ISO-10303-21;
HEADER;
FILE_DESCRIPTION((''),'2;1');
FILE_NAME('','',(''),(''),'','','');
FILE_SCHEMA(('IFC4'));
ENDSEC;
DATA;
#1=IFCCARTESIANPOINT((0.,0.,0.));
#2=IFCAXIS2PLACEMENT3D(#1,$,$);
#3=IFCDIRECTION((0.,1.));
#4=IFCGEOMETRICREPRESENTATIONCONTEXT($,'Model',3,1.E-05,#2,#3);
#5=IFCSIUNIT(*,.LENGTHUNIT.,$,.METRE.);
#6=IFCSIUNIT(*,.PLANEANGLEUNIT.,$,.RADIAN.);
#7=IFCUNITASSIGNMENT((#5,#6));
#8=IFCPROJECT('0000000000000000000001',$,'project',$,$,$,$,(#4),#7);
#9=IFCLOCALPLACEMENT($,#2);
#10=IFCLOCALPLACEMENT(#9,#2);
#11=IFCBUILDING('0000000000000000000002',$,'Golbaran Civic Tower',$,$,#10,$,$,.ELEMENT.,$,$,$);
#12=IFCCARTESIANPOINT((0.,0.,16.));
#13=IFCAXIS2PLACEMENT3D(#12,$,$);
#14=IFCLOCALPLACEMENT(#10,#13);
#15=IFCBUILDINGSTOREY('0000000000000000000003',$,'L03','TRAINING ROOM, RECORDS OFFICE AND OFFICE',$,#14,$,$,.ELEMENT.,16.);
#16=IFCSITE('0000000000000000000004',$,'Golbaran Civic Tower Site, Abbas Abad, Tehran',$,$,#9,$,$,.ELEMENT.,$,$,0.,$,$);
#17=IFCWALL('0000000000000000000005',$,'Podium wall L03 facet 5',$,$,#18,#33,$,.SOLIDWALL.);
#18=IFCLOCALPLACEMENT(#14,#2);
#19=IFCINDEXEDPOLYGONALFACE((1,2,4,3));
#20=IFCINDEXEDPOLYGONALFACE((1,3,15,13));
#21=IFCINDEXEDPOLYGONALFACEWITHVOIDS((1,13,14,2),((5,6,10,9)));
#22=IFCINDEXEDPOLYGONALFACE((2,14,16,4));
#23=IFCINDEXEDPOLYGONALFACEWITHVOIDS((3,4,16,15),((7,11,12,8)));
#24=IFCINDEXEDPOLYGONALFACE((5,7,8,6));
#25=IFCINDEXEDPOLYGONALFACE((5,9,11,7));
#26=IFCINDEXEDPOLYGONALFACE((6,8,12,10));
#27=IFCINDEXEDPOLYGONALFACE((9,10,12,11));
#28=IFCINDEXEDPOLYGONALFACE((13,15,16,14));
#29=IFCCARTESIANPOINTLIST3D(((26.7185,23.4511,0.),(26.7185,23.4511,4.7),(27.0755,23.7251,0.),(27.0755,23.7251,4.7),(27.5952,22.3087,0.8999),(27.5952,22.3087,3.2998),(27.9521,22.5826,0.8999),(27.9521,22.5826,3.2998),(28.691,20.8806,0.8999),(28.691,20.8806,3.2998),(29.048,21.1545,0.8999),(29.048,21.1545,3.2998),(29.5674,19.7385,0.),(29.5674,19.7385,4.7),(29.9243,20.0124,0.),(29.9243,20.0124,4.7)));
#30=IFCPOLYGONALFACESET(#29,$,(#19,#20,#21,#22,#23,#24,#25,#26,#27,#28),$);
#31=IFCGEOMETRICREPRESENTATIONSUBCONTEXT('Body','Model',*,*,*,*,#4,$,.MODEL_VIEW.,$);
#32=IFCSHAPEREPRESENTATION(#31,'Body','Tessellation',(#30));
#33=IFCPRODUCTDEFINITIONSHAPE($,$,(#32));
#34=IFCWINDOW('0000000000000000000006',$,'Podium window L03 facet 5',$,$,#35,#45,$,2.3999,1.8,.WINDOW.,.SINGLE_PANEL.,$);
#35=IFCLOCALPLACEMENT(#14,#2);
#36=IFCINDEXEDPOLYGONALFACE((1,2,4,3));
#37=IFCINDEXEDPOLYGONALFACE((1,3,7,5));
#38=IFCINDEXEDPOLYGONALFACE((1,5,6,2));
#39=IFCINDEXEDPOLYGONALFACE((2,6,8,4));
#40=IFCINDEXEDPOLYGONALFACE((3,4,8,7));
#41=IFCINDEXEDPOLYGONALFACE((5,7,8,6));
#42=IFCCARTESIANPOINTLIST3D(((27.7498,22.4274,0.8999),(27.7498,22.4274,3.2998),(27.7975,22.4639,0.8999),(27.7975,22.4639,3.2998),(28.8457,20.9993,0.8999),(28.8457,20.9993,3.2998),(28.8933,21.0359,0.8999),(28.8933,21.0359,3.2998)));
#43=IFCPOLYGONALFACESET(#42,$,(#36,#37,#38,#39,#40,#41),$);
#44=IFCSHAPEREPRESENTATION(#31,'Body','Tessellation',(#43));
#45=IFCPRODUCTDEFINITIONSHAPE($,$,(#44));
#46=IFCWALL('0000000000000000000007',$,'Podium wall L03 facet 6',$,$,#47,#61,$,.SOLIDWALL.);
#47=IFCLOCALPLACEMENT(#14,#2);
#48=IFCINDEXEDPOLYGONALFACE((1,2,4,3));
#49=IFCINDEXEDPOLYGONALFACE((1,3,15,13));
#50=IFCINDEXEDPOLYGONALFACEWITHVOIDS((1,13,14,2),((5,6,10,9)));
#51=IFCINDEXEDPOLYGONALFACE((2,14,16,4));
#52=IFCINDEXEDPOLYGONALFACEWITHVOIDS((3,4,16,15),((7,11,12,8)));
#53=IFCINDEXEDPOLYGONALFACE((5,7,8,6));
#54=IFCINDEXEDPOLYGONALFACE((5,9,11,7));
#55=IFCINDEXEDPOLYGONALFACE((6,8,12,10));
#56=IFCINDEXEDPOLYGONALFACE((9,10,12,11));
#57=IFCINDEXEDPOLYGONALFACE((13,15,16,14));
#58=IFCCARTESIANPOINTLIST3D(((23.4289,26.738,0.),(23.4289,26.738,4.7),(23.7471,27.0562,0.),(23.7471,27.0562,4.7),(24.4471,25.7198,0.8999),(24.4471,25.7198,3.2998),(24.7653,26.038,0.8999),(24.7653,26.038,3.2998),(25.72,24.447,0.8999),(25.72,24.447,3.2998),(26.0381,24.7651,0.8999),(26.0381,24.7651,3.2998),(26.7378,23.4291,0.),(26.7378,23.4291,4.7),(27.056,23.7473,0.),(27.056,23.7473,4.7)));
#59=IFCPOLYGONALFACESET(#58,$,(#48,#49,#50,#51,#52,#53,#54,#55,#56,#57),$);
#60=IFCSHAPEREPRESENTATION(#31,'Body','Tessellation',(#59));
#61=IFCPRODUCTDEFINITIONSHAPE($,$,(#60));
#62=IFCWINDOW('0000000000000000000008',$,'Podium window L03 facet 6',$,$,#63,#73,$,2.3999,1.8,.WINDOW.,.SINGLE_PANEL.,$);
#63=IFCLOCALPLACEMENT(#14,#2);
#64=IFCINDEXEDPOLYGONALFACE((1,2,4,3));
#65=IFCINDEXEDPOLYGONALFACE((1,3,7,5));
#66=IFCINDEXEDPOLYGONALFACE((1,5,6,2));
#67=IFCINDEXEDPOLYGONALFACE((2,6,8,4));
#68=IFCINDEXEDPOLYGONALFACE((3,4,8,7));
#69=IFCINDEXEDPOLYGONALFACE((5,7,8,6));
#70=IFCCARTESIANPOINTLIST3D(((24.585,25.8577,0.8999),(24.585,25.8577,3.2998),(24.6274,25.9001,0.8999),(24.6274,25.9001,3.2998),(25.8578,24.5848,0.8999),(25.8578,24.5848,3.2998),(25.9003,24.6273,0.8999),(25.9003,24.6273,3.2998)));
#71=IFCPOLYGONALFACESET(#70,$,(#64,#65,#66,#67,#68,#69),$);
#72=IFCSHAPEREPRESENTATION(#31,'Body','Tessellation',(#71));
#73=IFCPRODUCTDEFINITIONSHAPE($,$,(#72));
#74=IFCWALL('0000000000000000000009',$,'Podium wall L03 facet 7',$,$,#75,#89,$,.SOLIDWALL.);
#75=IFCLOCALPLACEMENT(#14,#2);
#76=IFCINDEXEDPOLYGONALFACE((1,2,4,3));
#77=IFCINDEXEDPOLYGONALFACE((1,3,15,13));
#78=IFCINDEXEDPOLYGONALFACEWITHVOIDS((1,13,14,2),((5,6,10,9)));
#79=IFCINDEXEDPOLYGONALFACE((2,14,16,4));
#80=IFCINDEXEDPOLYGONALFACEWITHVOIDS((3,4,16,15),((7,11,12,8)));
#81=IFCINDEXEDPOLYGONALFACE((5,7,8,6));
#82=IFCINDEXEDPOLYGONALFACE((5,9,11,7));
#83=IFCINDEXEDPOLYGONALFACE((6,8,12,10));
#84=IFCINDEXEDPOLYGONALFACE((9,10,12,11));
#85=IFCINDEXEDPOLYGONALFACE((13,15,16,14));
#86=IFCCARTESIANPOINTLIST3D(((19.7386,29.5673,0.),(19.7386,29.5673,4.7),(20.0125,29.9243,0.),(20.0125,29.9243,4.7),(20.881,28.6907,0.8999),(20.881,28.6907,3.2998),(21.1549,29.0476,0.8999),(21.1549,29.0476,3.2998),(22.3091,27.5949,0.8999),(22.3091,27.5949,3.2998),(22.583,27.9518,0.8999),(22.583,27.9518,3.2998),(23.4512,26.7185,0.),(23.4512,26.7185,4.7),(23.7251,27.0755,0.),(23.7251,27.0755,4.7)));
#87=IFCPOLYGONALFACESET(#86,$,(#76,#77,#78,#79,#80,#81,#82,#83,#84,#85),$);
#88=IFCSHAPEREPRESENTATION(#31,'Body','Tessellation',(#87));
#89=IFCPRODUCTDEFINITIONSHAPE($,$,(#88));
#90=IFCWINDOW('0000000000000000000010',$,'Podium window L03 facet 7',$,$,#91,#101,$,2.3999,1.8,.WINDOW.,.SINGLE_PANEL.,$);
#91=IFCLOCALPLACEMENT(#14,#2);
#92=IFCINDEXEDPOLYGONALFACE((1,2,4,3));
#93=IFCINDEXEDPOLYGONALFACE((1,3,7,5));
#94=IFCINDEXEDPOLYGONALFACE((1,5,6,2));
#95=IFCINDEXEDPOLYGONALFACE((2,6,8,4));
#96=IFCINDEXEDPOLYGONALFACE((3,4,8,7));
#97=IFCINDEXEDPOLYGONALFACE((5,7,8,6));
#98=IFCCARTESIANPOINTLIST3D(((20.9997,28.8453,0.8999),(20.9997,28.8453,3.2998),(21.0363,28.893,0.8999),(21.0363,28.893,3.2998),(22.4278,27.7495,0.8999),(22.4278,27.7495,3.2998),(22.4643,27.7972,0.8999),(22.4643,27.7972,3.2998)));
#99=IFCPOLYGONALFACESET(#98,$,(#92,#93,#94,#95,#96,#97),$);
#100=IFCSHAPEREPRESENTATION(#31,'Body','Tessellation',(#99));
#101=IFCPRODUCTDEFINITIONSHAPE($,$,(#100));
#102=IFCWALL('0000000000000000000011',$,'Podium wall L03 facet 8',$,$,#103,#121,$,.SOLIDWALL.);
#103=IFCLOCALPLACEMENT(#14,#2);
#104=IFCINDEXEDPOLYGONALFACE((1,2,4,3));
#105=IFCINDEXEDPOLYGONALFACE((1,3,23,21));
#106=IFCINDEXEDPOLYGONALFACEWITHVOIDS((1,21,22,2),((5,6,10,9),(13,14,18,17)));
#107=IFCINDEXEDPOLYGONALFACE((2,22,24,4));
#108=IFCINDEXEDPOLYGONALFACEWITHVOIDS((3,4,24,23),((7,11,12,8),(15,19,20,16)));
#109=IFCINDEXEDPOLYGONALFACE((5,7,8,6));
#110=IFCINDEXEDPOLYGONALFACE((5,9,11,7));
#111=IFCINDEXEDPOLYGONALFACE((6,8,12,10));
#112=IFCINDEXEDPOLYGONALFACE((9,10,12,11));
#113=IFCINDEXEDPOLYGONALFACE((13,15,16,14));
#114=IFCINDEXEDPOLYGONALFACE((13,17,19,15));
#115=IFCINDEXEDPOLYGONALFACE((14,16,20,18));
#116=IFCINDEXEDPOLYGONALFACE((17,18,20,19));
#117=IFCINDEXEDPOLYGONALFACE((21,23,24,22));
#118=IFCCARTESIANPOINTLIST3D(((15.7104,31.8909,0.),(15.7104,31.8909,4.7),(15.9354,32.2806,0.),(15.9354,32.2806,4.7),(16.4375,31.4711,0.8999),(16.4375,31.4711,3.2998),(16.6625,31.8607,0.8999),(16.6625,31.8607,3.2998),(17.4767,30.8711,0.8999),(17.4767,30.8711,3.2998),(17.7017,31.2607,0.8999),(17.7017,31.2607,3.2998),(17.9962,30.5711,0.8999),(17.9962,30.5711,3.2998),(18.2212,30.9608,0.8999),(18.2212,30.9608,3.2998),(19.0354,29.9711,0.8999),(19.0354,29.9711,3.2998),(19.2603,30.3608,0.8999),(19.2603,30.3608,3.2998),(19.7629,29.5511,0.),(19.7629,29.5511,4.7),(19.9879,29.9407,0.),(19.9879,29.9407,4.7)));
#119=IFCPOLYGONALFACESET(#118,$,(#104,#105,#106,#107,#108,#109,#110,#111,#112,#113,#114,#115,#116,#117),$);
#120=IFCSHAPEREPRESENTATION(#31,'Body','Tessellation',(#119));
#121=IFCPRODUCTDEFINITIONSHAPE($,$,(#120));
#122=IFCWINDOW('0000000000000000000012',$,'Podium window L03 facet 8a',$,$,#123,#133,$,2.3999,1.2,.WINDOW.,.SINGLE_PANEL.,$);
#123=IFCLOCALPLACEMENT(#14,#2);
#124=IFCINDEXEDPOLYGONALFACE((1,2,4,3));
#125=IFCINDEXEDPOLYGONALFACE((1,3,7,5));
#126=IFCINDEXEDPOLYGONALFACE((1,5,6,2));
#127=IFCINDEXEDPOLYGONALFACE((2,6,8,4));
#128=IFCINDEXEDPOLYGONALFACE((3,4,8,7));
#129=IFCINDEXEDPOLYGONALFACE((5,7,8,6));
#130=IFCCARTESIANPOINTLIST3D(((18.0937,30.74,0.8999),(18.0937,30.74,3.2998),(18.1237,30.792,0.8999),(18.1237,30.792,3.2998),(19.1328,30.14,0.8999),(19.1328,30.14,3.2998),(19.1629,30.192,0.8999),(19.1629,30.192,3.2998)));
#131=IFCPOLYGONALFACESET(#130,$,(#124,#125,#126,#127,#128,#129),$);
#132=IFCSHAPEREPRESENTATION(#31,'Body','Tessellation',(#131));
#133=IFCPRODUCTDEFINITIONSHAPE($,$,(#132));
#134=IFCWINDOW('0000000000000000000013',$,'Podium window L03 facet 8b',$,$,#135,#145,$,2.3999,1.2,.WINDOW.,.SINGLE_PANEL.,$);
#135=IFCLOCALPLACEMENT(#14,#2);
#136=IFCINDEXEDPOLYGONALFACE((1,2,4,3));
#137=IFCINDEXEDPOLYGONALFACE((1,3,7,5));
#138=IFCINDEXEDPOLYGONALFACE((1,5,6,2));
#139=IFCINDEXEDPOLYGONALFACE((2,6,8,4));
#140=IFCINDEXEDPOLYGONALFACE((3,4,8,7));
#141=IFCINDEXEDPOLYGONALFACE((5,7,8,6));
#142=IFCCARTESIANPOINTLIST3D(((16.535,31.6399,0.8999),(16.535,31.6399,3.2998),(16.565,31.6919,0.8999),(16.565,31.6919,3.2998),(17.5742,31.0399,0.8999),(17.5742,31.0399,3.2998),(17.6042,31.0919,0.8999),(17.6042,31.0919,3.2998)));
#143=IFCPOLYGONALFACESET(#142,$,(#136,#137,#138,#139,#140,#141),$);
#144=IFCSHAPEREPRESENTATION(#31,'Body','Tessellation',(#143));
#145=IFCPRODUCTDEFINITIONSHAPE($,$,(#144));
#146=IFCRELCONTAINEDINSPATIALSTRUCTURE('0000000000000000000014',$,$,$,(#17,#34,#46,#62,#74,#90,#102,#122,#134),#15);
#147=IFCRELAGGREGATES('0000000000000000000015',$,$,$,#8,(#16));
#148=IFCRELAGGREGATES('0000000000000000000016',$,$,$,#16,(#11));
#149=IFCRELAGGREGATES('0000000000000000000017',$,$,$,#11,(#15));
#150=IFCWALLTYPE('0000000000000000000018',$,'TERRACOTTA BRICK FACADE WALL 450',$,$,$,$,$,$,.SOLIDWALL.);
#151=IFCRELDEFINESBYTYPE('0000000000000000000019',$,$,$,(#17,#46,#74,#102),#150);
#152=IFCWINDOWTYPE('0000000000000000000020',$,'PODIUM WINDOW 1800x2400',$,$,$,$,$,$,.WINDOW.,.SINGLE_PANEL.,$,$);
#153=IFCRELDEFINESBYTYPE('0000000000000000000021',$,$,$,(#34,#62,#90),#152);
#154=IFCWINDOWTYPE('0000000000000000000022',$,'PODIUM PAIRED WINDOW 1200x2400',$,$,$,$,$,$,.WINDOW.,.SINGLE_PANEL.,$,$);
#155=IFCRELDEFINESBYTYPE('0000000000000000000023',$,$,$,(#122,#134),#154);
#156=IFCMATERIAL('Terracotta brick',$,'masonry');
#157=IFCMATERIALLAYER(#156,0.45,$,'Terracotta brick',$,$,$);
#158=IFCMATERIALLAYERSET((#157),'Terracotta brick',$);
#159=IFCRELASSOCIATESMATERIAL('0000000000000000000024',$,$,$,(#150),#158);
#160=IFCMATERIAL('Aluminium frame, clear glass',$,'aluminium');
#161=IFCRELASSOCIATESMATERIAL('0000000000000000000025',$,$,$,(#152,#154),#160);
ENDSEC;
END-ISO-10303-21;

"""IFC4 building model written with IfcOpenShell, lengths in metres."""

from ifc_helpers import new_model, si_unit, direction, frame, frame_2d, origin, place, context, subcontext, project, spatial, rectangle, extrude, material, layer, layer_set, type_object, element, fill, save


model = new_model("IFC4")

# Units and contexts
model_context = context("Model", 3, precision=1e-05, world=origin(), true_north=direction((0.0, 1.0)))
body_context = subcontext(model_context, "Body", "Model", "MODEL_VIEW")
ifc_project = project(units=[si_unit("LENGTHUNIT", "METRE"), si_unit("PLANEANGLEUNIT", "RADIAN")], contexts=[model_context])

# Site, building, storey
site_placement = place(None, origin())
site = spatial("IfcSite", under=ifc_project, at=site_placement, Name="Golbaran Civic Tower Site, Abbas Abad, Tehran", CompositionType="ELEMENT", RefElevation=0.0)
building_placement = place(site_placement, origin())
building = spatial("IfcBuilding", under=site, at=building_placement, Name="Golbaran Civic Tower", CompositionType="ELEMENT")
storey_placement = place(building_placement, frame((0.0, 0.0, 16.0)))
storey = spatial("IfcBuildingStorey", under=building, at=storey_placement, Name="L03", Description="TRAINING ROOM, RECORDS OFFICE AND OFFICE", CompositionType="ELEMENT", Elevation=16.0)

# Walls, openings, windows
ifc_material_1 = material(Name="Terracotta brick", Category="masonry")
ifc_layer_1 = layer(ifc_material_1, 0.45, Name="Terracotta brick")
ifc_layer_set_1 = layer_set([ifc_layer_1], Name="Terracotta brick")
wall_type_1 = type_object("IfcWallType", Name="TERRACOTTA BRICK FACADE WALL 450", PredefinedType="SOLIDWALL", material=ifc_layer_set_1)
ifc_material_2 = material(Name="Aluminium frame, clear glass", Category="aluminium")
window_type_1 = type_object("IfcWindowType", Name="PODIUM WINDOW 1800x2400", PartitioningType="SINGLE_PANEL", PredefinedType="WINDOW", material=ifc_material_2)
wall_1_placement = place(storey_placement, frame((29.7458, 19.8755, 0.0), z_axis=(0.0, 0.0, 1.0), x_axis=(-0.60877, 0.793347, 0.0)))
wall_1 = element("IfcWall", 1, at=wall_1_placement, inside=storey, type_object=wall_type_1, Name="Podium wall L03 facet 5", PredefinedType="SOLIDWALL", context=body_context, shape_type="SweptSolid", body=[
    extrude(rectangle(XDim=4.6797, YDim=0.45, at=frame_2d((2.3398, 0.0))), origin(), (0.0, 0.0, 1.0), 4.7),
])
opening_1_placement = place(wall_1_placement, frame((1.4397, 0.0, 0.8999)))
opening_1 = element("IfcOpeningElement", 2, at=opening_1_placement, cuts=wall_1, PredefinedType="OPENING", context=body_context, shape_type="SweptSolid", body=[
    extrude(rectangle(XDim=1.8, YDim=2.3999, at=frame_2d((0.8999, 1.2))), frame((0.0, 0.2349, 0.0), z_axis=(0.0, -1.0, 0.0), x_axis=(1.0, 0.0, 0.0)), (0.0, 0.0, 1.0), 0.47),
])
window_1_placement = place(opening_1_placement, origin())
window_1 = element("IfcWindow", 3, at=window_1_placement, inside=storey, type_object=window_type_1, Name="Podium window L03 facet 5", OverallHeight=2.3999, OverallWidth=1.8, PartitioningType="SINGLE_PANEL", PredefinedType="WINDOW", context=body_context, shape_type="SweptSolid", body=[
    extrude(rectangle(XDim=1.8, YDim=2.3999, at=frame_2d((0.8999, 1.2))), frame((0.0, 0.03, 0.0), z_axis=(0.0, -1.0, 0.0), x_axis=(1.0, 0.0, 0.0)), (0.0, 0.0, 1.0), 0.0601),
])
fill(opening_1, window_1)
wall_2_placement = place(storey_placement, frame((26.897, 23.5881, 0.0), z_axis=(0.0, 0.0, 1.0), x_axis=(-0.707107, 0.707107, 0.0)))
wall_2 = element("IfcWall", 4, at=wall_2_placement, inside=storey, type_object=wall_type_1, Name="Podium wall L03 facet 6", PredefinedType="SOLIDWALL", context=body_context, shape_type="SweptSolid", body=[
    extrude(rectangle(XDim=4.6794, YDim=0.45, at=frame_2d((2.3398, 0.0))), origin(), (0.0, 0.0, 1.0), 4.7),
])
opening_2_placement = place(wall_2_placement, frame((1.4397, 0.0, 0.8999)))
opening_2 = element("IfcOpeningElement", 5, at=opening_2_placement, cuts=wall_2, PredefinedType="OPENING", context=body_context, shape_type="SweptSolid", body=[
    extrude(rectangle(XDim=1.8, YDim=2.3999, at=frame_2d((0.8999, 1.2))), frame((0.0, 0.2349, 0.0), z_axis=(0.0, -1.0, 0.0), x_axis=(1.0, 0.0, 0.0)), (0.0, 0.0, 1.0), 0.47),
])
window_2_placement = place(opening_2_placement, origin())
window_2 = element("IfcWindow", 6, at=window_2_placement, inside=storey, type_object=window_type_1, Name="Podium window L03 facet 6", OverallHeight=2.3999, OverallWidth=1.8, PartitioningType="SINGLE_PANEL", PredefinedType="WINDOW", context=body_context, shape_type="SweptSolid", body=[
    extrude(rectangle(XDim=1.8, YDim=2.3999, at=frame_2d((0.8999, 1.2))), frame((0.0, 0.03, 0.0), z_axis=(0.0, -1.0, 0.0), x_axis=(1.0, 0.0, 0.0)), (0.0, 0.0, 1.0), 0.0601),
])
fill(opening_2, window_2)
wall_3_placement = place(storey_placement, frame((23.5881, 26.897, 0.0), z_axis=(0.0, 0.0, 1.0), x_axis=(-0.793347, 0.60877, 0.0)))
wall_3 = element("IfcWall", 7, at=wall_3_placement, inside=storey, type_object=wall_type_1, Name="Podium wall L03 facet 7", PredefinedType="SOLIDWALL", context=body_context, shape_type="SweptSolid", body=[
    extrude(rectangle(XDim=4.6797, YDim=0.45, at=frame_2d((2.3398, 0.0))), origin(), (0.0, 0.0, 1.0), 4.7),
])
opening_3_placement = place(wall_3_placement, frame((1.4397, 0.0, 0.8999)))
opening_3 = element("IfcOpeningElement", 8, at=opening_3_placement, cuts=wall_3, PredefinedType="OPENING", context=body_context, shape_type="SweptSolid", body=[
    extrude(rectangle(XDim=1.8, YDim=2.3999, at=frame_2d((0.8999, 1.2))), frame((0.0, 0.2349, 0.0), z_axis=(0.0, -1.0, 0.0), x_axis=(1.0, 0.0, 0.0)), (0.0, 0.0, 1.0), 0.47),
])
window_3_placement = place(opening_3_placement, origin())
window_3 = element("IfcWindow", 9, at=window_3_placement, inside=storey, type_object=window_type_1, Name="Podium window L03 facet 7", OverallHeight=2.3999, OverallWidth=1.8, PartitioningType="SINGLE_PANEL", PredefinedType="WINDOW", context=body_context, shape_type="SweptSolid", body=[
    extrude(rectangle(XDim=1.8, YDim=2.3999, at=frame_2d((0.8999, 1.2))), frame((0.0, 0.03, 0.0), z_axis=(0.0, -1.0, 0.0), x_axis=(1.0, 0.0, 0.0)), (0.0, 0.0, 1.0), 0.0601),
])
fill(opening_3, window_3)

# Wall, openings, windows
wall_4_placement = place(storey_placement, frame((19.8755, 29.7458, 0.0), z_axis=(0.0, 0.0, 1.0), x_axis=(-0.866013, 0.500022, 0.0)))
wall_4 = element("IfcWall", 10, at=wall_4_placement, inside=storey, type_object=wall_type_1, Name="Podium wall L03 facet 8", PredefinedType="SOLIDWALL", context=body_context, shape_type="SweptSolid", body=[
    extrude(rectangle(XDim=4.6794, YDim=0.45, at=frame_2d((2.3398, 0.0))), origin(), (0.0, 0.0, 1.0), 4.7),
])
opening_4_placement = place(wall_4_placement, frame((0.8401, 0.0, 0.8999)))
opening_4 = element("IfcOpeningElement", 11, at=opening_4_placement, cuts=wall_4, PredefinedType="OPENING", context=body_context, shape_type="SweptSolid", body=[
    extrude(rectangle(XDim=1.2, YDim=2.3999, at=frame_2d((0.6001, 1.2))), frame((0.0, 0.2349, 0.0), z_axis=(0.0, -1.0, 0.0), x_axis=(1.0, 0.0, 0.0)), (0.0, 0.0, 1.0), 0.47),
])
opening_5_placement = place(wall_4_placement, frame((2.6399, 0.0, 0.8999)))
opening_5 = element("IfcOpeningElement", 12, at=opening_5_placement, cuts=wall_4, PredefinedType="OPENING", context=body_context, shape_type="SweptSolid", body=[
    extrude(rectangle(XDim=1.2, YDim=2.3999, at=frame_2d((0.6001, 1.2))), frame((0.0, 0.2349, 0.0), z_axis=(0.0, -1.0, 0.0), x_axis=(1.0, 0.0, 0.0)), (0.0, 0.0, 1.0), 0.47),
])
window_type_2 = type_object("IfcWindowType", Name="PODIUM PAIRED WINDOW 1200x2400", PartitioningType="SINGLE_PANEL", PredefinedType="WINDOW", material=ifc_material_2)
window_4_placement = place(opening_4_placement, origin())
window_4 = element("IfcWindow", 13, at=window_4_placement, inside=storey, type_object=window_type_2, Name="Podium window L03 facet 8a", OverallHeight=2.3999, OverallWidth=1.2, PartitioningType="SINGLE_PANEL", PredefinedType="WINDOW", context=body_context, shape_type="SweptSolid", body=[
    extrude(rectangle(XDim=1.2, YDim=2.3999, at=frame_2d((0.6001, 1.2))), frame((0.0, 0.03, 0.0), z_axis=(0.0, -1.0, 0.0), x_axis=(1.0, 0.0, 0.0)), (0.0, 0.0, 1.0), 0.0601),
])
fill(opening_4, window_4)
window_5_placement = place(opening_5_placement, origin())
window_5 = element("IfcWindow", 14, at=window_5_placement, inside=storey, type_object=window_type_2, Name="Podium window L03 facet 8b", OverallHeight=2.3999, OverallWidth=1.2, PartitioningType="SINGLE_PANEL", PredefinedType="WINDOW", context=body_context, shape_type="SweptSolid", body=[
    extrude(rectangle(XDim=1.2, YDim=2.3999, at=frame_2d((0.6001, 1.2))), frame((0.0, 0.03, 0.0), z_axis=(0.0, -1.0, 0.0), x_axis=(1.0, 0.0, 0.0)), (0.0, 0.0, 1.0), 0.0601),
])
fill(opening_5, window_5)

save(model, "model.ifc")
